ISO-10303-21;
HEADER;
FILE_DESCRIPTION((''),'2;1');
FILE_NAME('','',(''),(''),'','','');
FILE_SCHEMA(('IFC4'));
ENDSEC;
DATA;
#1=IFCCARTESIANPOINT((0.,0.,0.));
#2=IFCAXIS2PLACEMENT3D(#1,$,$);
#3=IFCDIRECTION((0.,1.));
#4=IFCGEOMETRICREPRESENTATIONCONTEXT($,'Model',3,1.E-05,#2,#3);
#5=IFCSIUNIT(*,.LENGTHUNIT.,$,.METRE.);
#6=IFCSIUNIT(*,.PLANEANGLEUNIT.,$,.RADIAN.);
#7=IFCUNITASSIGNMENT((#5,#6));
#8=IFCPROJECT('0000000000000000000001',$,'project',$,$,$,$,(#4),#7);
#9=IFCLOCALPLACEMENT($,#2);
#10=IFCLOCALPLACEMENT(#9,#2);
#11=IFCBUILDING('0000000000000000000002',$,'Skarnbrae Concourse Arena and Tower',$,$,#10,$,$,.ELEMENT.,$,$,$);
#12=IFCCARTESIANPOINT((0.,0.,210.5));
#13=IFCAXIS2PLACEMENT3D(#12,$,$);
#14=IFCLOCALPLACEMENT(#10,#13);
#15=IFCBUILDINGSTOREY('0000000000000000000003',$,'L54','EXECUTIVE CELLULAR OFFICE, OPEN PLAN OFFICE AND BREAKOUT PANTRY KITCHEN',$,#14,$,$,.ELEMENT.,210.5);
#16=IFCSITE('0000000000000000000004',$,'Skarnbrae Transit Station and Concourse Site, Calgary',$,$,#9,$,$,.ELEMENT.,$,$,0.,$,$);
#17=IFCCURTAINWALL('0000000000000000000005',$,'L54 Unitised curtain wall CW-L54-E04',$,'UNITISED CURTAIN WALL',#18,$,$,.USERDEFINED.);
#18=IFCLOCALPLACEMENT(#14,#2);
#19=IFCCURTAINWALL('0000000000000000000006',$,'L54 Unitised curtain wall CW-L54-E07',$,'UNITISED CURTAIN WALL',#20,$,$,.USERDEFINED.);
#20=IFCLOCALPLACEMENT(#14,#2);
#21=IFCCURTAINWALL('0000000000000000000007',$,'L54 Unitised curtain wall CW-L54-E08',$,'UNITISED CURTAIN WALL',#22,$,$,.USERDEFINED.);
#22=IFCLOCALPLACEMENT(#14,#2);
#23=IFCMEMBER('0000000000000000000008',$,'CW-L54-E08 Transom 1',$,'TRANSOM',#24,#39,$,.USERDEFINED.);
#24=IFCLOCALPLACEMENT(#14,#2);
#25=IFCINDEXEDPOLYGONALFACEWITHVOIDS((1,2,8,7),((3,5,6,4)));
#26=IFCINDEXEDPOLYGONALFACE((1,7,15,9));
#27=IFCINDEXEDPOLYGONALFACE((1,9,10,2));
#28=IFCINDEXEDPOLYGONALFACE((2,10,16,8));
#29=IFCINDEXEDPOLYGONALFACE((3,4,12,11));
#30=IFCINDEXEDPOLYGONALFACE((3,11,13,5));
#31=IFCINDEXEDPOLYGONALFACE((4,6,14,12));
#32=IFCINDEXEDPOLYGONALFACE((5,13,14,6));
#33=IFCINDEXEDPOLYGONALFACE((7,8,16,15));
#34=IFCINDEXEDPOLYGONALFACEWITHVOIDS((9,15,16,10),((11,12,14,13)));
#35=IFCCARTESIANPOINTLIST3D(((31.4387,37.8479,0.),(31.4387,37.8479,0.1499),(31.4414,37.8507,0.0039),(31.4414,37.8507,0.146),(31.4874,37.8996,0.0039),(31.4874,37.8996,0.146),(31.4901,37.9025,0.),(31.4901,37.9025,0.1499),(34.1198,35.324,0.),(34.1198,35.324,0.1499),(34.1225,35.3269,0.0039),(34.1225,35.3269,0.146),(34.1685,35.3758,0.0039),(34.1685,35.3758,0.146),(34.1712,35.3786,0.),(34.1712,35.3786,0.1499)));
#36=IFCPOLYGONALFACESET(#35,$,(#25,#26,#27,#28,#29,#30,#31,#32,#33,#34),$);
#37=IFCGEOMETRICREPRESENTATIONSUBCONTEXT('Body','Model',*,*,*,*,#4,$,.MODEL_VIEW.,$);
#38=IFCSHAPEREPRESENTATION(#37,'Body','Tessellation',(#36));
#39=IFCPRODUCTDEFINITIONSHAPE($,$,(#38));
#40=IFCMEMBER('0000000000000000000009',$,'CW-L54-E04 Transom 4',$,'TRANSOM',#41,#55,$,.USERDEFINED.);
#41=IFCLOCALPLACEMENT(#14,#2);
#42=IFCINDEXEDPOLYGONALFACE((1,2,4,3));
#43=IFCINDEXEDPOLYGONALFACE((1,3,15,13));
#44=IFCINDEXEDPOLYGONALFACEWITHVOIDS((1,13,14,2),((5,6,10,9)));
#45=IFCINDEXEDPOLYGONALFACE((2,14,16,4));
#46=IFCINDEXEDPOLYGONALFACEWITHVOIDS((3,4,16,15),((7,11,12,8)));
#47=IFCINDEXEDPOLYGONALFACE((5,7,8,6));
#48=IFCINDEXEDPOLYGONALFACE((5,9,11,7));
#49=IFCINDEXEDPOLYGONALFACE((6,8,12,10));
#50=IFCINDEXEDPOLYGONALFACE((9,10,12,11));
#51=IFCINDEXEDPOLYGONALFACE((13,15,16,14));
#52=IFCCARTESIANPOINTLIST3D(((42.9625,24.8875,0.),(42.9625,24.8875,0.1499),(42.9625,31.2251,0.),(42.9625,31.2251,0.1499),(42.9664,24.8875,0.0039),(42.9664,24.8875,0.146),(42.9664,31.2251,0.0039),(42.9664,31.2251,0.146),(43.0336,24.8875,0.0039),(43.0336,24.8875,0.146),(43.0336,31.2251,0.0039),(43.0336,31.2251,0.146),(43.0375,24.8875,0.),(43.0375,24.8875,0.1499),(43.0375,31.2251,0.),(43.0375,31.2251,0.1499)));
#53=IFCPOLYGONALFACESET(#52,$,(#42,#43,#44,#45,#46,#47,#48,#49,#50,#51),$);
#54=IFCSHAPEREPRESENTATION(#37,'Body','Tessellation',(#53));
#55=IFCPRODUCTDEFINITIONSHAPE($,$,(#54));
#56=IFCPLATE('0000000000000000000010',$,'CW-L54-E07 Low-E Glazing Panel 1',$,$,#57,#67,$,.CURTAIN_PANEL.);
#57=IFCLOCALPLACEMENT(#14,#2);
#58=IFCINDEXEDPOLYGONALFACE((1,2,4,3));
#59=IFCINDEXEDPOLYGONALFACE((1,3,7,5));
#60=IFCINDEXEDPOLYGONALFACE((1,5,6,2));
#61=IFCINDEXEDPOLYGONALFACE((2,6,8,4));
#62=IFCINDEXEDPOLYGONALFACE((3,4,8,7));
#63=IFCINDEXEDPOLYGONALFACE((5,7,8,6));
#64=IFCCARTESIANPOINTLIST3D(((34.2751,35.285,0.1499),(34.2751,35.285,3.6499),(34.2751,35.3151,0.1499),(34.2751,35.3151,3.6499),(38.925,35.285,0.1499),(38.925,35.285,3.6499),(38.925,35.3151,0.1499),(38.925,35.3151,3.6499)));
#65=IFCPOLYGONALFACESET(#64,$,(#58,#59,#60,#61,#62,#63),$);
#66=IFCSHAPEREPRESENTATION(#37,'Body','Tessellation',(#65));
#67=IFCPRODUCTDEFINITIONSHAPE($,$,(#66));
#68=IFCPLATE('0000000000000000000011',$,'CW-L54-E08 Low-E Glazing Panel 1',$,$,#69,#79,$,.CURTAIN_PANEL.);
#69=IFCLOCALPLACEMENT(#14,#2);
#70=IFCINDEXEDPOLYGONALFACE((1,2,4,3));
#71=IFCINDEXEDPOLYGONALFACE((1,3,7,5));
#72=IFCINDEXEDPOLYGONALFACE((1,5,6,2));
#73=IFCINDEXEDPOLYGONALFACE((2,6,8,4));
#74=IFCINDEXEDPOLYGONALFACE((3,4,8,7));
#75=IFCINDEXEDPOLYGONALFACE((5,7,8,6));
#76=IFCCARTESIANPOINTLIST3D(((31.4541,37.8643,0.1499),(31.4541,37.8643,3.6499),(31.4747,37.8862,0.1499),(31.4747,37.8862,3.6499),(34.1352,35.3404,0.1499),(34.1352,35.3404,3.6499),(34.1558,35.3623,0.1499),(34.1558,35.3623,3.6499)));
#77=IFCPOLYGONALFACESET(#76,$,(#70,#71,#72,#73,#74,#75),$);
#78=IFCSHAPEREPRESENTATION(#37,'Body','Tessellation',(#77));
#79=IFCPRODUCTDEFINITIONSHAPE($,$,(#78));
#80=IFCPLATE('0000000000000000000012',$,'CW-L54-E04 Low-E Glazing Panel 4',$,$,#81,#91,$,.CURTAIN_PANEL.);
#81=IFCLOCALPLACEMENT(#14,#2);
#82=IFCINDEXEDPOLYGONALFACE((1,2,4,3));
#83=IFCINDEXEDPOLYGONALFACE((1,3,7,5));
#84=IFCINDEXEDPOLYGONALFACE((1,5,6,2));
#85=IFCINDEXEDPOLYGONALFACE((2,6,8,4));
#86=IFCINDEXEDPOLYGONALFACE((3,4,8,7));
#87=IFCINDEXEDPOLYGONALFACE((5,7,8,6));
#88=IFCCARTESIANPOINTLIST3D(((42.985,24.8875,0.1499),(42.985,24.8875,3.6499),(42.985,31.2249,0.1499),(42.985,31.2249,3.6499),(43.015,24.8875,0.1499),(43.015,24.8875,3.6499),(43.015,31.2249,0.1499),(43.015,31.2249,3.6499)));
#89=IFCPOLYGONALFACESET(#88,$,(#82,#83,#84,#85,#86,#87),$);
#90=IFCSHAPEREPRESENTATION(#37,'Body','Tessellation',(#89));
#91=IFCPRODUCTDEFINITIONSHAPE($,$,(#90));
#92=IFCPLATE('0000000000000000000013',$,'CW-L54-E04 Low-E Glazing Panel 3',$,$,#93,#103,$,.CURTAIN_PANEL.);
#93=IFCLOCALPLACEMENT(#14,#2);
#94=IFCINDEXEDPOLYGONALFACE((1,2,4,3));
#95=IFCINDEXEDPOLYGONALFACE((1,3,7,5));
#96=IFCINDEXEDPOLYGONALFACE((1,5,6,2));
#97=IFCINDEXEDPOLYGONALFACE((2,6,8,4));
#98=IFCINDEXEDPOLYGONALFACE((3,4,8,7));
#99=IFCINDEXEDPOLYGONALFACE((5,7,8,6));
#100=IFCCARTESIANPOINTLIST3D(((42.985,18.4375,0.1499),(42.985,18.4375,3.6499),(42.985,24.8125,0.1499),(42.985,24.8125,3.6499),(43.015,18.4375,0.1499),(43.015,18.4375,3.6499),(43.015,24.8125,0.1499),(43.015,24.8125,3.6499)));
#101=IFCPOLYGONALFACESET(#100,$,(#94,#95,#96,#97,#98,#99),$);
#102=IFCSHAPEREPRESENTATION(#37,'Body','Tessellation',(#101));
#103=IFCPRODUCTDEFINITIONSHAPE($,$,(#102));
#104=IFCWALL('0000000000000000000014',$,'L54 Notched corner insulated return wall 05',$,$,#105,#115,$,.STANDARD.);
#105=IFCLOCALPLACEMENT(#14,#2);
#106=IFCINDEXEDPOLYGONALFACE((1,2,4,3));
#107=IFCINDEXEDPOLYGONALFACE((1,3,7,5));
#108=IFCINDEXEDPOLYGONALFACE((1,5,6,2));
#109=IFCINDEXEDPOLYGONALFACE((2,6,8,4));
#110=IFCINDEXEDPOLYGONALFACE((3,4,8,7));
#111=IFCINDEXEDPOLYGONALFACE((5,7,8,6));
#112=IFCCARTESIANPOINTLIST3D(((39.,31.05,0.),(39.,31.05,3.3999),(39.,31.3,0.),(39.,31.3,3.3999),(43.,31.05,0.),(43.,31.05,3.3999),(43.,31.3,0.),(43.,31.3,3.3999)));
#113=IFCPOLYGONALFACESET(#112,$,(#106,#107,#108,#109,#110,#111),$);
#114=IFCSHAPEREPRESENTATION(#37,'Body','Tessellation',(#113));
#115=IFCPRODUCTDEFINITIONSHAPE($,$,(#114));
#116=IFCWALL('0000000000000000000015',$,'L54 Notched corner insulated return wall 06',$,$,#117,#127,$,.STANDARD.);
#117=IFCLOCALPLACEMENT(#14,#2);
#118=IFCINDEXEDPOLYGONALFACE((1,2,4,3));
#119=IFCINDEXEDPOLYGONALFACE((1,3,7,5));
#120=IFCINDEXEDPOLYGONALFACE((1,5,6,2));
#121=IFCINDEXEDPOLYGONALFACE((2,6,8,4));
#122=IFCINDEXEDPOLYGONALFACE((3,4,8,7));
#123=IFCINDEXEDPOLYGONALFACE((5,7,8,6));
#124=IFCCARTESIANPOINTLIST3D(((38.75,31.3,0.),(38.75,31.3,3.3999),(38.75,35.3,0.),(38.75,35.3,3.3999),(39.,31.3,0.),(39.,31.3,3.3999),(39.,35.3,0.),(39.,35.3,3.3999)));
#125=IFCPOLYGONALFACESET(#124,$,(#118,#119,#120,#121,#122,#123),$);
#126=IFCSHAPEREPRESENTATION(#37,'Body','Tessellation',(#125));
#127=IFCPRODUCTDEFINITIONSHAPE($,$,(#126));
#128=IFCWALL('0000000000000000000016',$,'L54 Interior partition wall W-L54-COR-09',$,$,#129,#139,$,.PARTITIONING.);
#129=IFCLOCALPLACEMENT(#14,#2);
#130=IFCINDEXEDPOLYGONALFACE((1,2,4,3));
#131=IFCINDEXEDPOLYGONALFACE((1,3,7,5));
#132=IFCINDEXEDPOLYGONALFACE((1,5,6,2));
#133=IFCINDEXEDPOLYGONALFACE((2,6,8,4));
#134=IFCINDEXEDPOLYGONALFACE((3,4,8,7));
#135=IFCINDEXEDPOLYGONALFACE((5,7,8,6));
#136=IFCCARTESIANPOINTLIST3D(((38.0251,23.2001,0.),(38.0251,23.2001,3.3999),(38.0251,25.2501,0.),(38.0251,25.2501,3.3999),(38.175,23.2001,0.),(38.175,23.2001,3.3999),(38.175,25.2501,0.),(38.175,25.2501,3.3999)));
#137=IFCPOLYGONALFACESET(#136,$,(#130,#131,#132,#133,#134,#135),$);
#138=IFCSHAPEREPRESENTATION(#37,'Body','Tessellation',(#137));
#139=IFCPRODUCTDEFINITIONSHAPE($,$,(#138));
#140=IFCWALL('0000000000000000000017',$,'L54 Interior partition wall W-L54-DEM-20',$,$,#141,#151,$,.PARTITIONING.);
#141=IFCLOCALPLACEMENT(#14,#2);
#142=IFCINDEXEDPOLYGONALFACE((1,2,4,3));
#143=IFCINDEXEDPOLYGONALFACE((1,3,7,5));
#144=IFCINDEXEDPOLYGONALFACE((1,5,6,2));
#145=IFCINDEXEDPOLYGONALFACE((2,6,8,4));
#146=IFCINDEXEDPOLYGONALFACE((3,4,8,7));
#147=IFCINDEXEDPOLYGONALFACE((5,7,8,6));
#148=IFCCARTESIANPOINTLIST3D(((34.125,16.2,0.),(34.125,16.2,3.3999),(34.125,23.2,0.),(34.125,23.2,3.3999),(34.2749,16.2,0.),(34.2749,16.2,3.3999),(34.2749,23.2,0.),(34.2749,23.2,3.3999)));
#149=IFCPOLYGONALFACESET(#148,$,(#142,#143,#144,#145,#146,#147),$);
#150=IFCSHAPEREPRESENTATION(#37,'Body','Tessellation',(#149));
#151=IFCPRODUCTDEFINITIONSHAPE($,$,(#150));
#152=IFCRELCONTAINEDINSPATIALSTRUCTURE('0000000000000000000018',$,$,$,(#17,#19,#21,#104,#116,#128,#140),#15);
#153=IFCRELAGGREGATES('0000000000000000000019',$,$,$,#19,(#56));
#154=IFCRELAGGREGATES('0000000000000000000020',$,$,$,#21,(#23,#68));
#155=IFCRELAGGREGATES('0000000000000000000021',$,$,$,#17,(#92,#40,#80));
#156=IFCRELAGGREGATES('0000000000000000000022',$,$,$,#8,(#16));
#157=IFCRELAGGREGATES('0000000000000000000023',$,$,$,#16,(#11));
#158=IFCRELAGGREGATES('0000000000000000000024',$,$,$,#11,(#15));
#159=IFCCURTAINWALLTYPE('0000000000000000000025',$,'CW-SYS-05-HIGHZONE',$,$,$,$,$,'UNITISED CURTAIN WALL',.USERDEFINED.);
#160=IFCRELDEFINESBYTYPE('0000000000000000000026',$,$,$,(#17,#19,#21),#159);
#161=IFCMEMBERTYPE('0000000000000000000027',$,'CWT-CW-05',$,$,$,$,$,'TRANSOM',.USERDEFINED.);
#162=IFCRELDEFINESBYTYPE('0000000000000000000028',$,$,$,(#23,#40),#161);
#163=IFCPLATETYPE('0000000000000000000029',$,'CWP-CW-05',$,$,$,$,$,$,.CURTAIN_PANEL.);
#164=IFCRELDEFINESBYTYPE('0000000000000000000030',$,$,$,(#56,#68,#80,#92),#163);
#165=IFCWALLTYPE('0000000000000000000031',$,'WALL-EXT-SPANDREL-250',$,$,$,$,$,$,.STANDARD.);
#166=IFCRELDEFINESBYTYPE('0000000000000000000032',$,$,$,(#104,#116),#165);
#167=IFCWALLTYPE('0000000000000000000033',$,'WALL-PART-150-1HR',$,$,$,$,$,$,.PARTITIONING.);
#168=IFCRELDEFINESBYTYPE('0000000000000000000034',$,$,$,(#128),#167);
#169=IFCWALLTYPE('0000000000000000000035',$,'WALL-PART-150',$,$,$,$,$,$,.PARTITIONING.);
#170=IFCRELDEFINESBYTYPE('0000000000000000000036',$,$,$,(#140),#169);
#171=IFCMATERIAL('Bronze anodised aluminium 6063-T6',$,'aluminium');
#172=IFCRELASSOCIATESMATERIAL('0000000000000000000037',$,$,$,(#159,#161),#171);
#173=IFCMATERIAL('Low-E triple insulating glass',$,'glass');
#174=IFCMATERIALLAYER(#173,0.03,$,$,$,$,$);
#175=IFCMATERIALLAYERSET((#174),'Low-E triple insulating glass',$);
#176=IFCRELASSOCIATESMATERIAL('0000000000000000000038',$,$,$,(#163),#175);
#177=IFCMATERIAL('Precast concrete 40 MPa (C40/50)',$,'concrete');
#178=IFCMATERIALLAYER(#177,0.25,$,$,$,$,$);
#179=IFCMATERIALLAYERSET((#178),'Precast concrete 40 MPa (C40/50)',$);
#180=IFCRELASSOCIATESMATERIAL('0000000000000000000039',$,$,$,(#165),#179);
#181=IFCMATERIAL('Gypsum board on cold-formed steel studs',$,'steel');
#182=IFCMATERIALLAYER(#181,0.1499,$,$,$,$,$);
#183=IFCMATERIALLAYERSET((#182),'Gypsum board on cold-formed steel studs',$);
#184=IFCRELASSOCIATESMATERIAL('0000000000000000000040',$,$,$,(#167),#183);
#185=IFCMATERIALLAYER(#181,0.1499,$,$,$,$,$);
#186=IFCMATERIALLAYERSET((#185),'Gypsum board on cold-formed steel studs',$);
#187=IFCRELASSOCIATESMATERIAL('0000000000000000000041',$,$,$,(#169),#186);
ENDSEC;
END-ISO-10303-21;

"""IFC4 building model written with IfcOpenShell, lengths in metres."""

from ifc_helpers import new_model, si_unit, direction, frame, frame_2d, origin, origin_2d, place, context, subcontext, project, spatial, rectangle, hollow_rectangle, extrude, source, transform, mapped, material, layer, layer_set, material_profile, profile_set, type_object, element, aggregate, save


model = new_model("IFC4")

# Units and contexts
model_context = context("Model", 3, precision=1e-05, world=origin(), true_north=direction((0.0, 1.0)))
body_context = subcontext(model_context, "Body", "Model", "MODEL_VIEW")
ifc_project = project(units=[si_unit("LENGTHUNIT", "METRE"), si_unit("PLANEANGLEUNIT", "RADIAN")], contexts=[model_context])

# Site, building, storey
site_placement = place(None, origin())
site = spatial("IfcSite", under=ifc_project, at=site_placement, Name="Skarnbrae Transit Station and Concourse Site, Calgary", CompositionType="ELEMENT", RefElevation=0.0)
building_placement = place(site_placement, origin())
building = spatial("IfcBuilding", under=site, at=building_placement, Name="Skarnbrae Concourse Arena and Tower", CompositionType="ELEMENT")
storey_placement = place(building_placement, frame((0.0, 0.0, 210.5)))
storey = spatial("IfcBuildingStorey", under=building, at=storey_placement, Name="L54", Description="EXECUTIVE CELLULAR OFFICE, OPEN PLAN OFFICE AND BREAKOUT PANTRY KITCHEN", CompositionType="ELEMENT", Elevation=210.5)

# Curtain walls
ifc_material_1 = material(Name="Bronze anodised aluminium 6063-T6", Category="aluminium")
curtain_wall_type = type_object("IfcCurtainWallType", Name="CW-SYS-05-HIGHZONE", ElementType="UNITISED CURTAIN WALL", PredefinedType="USERDEFINED", material=ifc_material_1)
curtain_wall_1_placement = place(storey_placement, origin())
curtain_wall_1 = element("IfcCurtainWall", 1, at=curtain_wall_1_placement, inside=storey, type_object=curtain_wall_type, Name="L54 Unitised curtain wall CW-L54-E04", ObjectType="UNITISED CURTAIN WALL", PredefinedType="USERDEFINED")
curtain_wall_2_placement = place(storey_placement, origin())
curtain_wall_2 = element("IfcCurtainWall", 2, at=curtain_wall_2_placement, inside=storey, type_object=curtain_wall_type, Name="L54 Unitised curtain wall CW-L54-E07", ObjectType="UNITISED CURTAIN WALL", PredefinedType="USERDEFINED")

# Curtain wall
curtain_wall_3_placement = place(storey_placement, origin())
curtain_wall_3 = element("IfcCurtainWall", 3, at=curtain_wall_3_placement, inside=storey, type_object=curtain_wall_type, Name="L54 Unitised curtain wall CW-L54-E08", ObjectType="UNITISED CURTAIN WALL", PredefinedType="USERDEFINED")

# Members
ifc_material_profile_1 = material_profile(ifc_material_1, hollow_rectangle(XDim=0.075, YDim=0.1499, WallThickness=0.0039, at=origin_2d()), Name="ALU-TRAN-75X150")
ifc_profile_set_1 = profile_set([ifc_material_profile_1], Name="Bronze anodised aluminium 6063-T6")
member_type_1 = type_object("IfcMemberType", Name="CWT-CW-05", ElementType="TRANSOM", PredefinedType="USERDEFINED", material=ifc_profile_set_1)
shared_shape_1 = source(origin(), body_context, "Body", "SweptSolid", [
    extrude(hollow_rectangle(XDim=0.075, YDim=0.1499, WallThickness=0.0039, at=origin_2d()), origin(), (0.0, 0.0, 1.0), 3.6821),
])
member_1_placement = place(storey_placement, frame((34.1455, 35.3513, 0.075), z_axis=(-0.728134, 0.685435, 0.0), x_axis=(-0.685435, -0.728134, 0.0)))
member_1 = element("IfcMember", 4, at=member_1_placement, type_object=member_type_1, Name="CW-L54-E08 Transom 1", ObjectType="TRANSOM", PredefinedType="USERDEFINED", context=body_context, shape_type="MappedRepresentation", body=[
    mapped(shared_shape_1, transform((0.0, 0.0, 0.0))),
])
shared_shape_2 = source(origin(), body_context, "Body", "SweptSolid", [
    extrude(hollow_rectangle(XDim=0.075, YDim=0.1499, WallThickness=0.0039, at=origin_2d()), origin(), (0.0, 0.0, 1.0), 6.3376),
])
member_2_placement = place(storey_placement, frame((43.0, 24.8875, 0.075), z_axis=(0.0, 1.0, 0.0), x_axis=(-1.0, 0.0, 0.0)))
member_2 = element("IfcMember", 5, at=member_2_placement, type_object=member_type_1, Name="CW-L54-E04 Transom 4", ObjectType="TRANSOM", PredefinedType="USERDEFINED", context=body_context, shape_type="MappedRepresentation", body=[
    mapped(shared_shape_2, transform((0.0, 0.0, 0.0))),
])

# Plates
ifc_material_2 = material(Name="Low-E triple insulating glass", Category="glass")
ifc_layer_1 = layer(ifc_material_2, 0.03)
ifc_layer_set_1 = layer_set([ifc_layer_1], Name="Low-E triple insulating glass")
plate_type = type_object("IfcPlateType", Name="CWP-CW-05", PredefinedType="CURTAIN_PANEL", material=ifc_layer_set_1)
shared_shape_3 = source(origin(), body_context, "Body", "SweptSolid", [
    extrude(rectangle(XDim=4.6499, YDim=0.03, at=origin_2d()), origin(), (0.0, 0.0, 1.0), 3.5),
])
plate_1_placement = place(storey_placement, frame((36.6001, 35.3, 0.1499), z_axis=(0.0, 0.0, 1.0), x_axis=(-1.0, 0.0, 0.0)))
plate_1 = element("IfcPlate", 6, at=plate_1_placement, type_object=plate_type, Name="CW-L54-E07 Low-E Glazing Panel 1", PredefinedType="CURTAIN_PANEL", context=body_context, shape_type="MappedRepresentation", body=[
    mapped(shared_shape_3, transform((0.0, 0.0, 0.0))),
])
aggregate(curtain_wall_2, [plate_1])
shared_shape_4 = source(origin(), body_context, "Body", "SweptSolid", [
    extrude(rectangle(XDim=3.6821, YDim=0.03, at=origin_2d()), origin(), (0.0, 0.0, 1.0), 3.5),
])
plate_2_placement = place(storey_placement, frame((32.8049, 36.6133, 0.1499), z_axis=(0.0, 0.0, 1.0), x_axis=(-0.728131, 0.685438, 0.0)))
plate_2 = element("IfcPlate", 7, at=plate_2_placement, type_object=plate_type, Name="CW-L54-E08 Low-E Glazing Panel 1", PredefinedType="CURTAIN_PANEL", context=body_context, shape_type="MappedRepresentation", body=[
    mapped(shared_shape_4, transform((0.0, 0.0, 0.0))),
])
aggregate(curtain_wall_3, [member_1, plate_2])
shared_shape_5 = source(origin(), body_context, "Body", "SweptSolid", [
    extrude(rectangle(XDim=6.3374, YDim=0.03, at=origin_2d()), origin(), (0.0, 0.0, 1.0), 3.5),
])
plate_3_placement = place(storey_placement, frame((43.0, 28.0562, 0.1499), z_axis=(0.0, 0.0, 1.0), x_axis=(0.0, 1.0, 0.0)))
plate_3 = element("IfcPlate", 8, at=plate_3_placement, type_object=plate_type, Name="CW-L54-E04 Low-E Glazing Panel 4", PredefinedType="CURTAIN_PANEL", context=body_context, shape_type="MappedRepresentation", body=[
    mapped(shared_shape_5, transform((0.0, 0.0, 0.0))),
])
shared_shape_6 = source(origin(), body_context, "Body", "SweptSolid", [
    extrude(rectangle(XDim=6.375, YDim=0.03, at=origin_2d()), origin(), (0.0, 0.0, 1.0), 3.5),
])
plate_4_placement = place(storey_placement, frame((43.0, 21.625, 0.1499), z_axis=(0.0, 0.0, 1.0), x_axis=(0.0, 1.0, 0.0)))
plate_4 = element("IfcPlate", 9, at=plate_4_placement, type_object=plate_type, Name="CW-L54-E04 Low-E Glazing Panel 3", PredefinedType="CURTAIN_PANEL", context=body_context, shape_type="MappedRepresentation", body=[
    mapped(shared_shape_6, transform((0.0, 0.0, 0.0))),
])
aggregate(curtain_wall_1, [plate_4, member_2, plate_3])

# Walls
ifc_material_3 = material(Name="Precast concrete 40 MPa (C40/50)", Category="concrete")
ifc_layer_2 = layer(ifc_material_3, 0.25)
ifc_layer_set_2 = layer_set([ifc_layer_2], Name="Precast concrete 40 MPa (C40/50)")
wall_type_1 = type_object("IfcWallType", Name="WALL-EXT-SPANDREL-250", PredefinedType="STANDARD", material=ifc_layer_set_2)
shared_shape_7 = source(origin(), body_context, "Body", "SweptSolid", [
    extrude(rectangle(XDim=4.0, YDim=0.25, at=frame_2d((2.0, 0.0))), origin(), (0.0, 0.0, 1.0), 3.3999),
])
for number, where, z_axis, x_axis, name in (
    (10, (43.0, 31.175, 0.0), (0.0, 0.0, 1.0), (-1.0, 0.0, 0.0), "L54 Notched corner insulated return wall 05"),
    (11, (38.875, 31.3, 0.0), (0.0, 0.0, 1.0), (0.0, 1.0, 0.0), "L54 Notched corner insulated return wall 06"),
):
    element("IfcWall", number, at=place(storey_placement, frame(where, z_axis=z_axis, x_axis=x_axis)), inside=storey, type_object=wall_type_1, Name=name, PredefinedType="STANDARD", context=body_context, shape_type="MappedRepresentation", body=[
        mapped(shared_shape_7, transform((0.0, 0.0, 0.0))),
    ])
ifc_material_4 = material(Name="Gypsum board on cold-formed steel studs", Category="steel")
ifc_layer_3 = layer(ifc_material_4, 0.1499)
ifc_layer_set_3 = layer_set([ifc_layer_3], Name="Gypsum board on cold-formed steel studs")
wall_type_2 = type_object("IfcWallType", Name="WALL-PART-150-1HR", PredefinedType="PARTITIONING", material=ifc_layer_set_3)
shared_shape_8 = source(origin(), body_context, "Body", "SweptSolid", [
    extrude(rectangle(XDim=2.05, YDim=0.1499, at=frame_2d((1.0249, 0.0))), origin(), (0.0, 0.0, 1.0), 3.3999),
])
wall_1_placement = place(storey_placement, frame((38.1001, 25.25, 0.0), z_axis=(0.0, 0.0, 1.0), x_axis=(0.0, -1.0, 0.0)))
element("IfcWall", 12, at=wall_1_placement, inside=storey, type_object=wall_type_2, Name="L54 Interior partition wall W-L54-COR-09", PredefinedType="PARTITIONING", context=body_context, shape_type="MappedRepresentation", body=[
    mapped(shared_shape_8, transform((0.0, 0.0, 0.0))),
])
ifc_layer_4 = layer(ifc_material_4, 0.1499)
ifc_layer_set_4 = layer_set([ifc_layer_4], Name="Gypsum board on cold-formed steel studs")
wall_type_3 = type_object("IfcWallType", Name="WALL-PART-150", PredefinedType="PARTITIONING", material=ifc_layer_set_4)
shared_shape_9 = source(origin(), body_context, "Body", "SweptSolid", [
    extrude(rectangle(XDim=7.0, YDim=0.1499, at=frame_2d((3.5, 0.0))), origin(), (0.0, 0.0, 1.0), 3.3999),
])
wall_2_placement = place(storey_placement, frame((34.2, 23.2, 0.0), z_axis=(0.0, 0.0, 1.0), x_axis=(0.0, -1.0, 0.0)))
element("IfcWall", 13, at=wall_2_placement, inside=storey, type_object=wall_type_3, Name="L54 Interior partition wall W-L54-DEM-20", PredefinedType="PARTITIONING", context=body_context, shape_type="MappedRepresentation", body=[
    mapped(shared_shape_9, transform((0.0, 0.0, 0.0))),
])

save(model, "model.ifc")
